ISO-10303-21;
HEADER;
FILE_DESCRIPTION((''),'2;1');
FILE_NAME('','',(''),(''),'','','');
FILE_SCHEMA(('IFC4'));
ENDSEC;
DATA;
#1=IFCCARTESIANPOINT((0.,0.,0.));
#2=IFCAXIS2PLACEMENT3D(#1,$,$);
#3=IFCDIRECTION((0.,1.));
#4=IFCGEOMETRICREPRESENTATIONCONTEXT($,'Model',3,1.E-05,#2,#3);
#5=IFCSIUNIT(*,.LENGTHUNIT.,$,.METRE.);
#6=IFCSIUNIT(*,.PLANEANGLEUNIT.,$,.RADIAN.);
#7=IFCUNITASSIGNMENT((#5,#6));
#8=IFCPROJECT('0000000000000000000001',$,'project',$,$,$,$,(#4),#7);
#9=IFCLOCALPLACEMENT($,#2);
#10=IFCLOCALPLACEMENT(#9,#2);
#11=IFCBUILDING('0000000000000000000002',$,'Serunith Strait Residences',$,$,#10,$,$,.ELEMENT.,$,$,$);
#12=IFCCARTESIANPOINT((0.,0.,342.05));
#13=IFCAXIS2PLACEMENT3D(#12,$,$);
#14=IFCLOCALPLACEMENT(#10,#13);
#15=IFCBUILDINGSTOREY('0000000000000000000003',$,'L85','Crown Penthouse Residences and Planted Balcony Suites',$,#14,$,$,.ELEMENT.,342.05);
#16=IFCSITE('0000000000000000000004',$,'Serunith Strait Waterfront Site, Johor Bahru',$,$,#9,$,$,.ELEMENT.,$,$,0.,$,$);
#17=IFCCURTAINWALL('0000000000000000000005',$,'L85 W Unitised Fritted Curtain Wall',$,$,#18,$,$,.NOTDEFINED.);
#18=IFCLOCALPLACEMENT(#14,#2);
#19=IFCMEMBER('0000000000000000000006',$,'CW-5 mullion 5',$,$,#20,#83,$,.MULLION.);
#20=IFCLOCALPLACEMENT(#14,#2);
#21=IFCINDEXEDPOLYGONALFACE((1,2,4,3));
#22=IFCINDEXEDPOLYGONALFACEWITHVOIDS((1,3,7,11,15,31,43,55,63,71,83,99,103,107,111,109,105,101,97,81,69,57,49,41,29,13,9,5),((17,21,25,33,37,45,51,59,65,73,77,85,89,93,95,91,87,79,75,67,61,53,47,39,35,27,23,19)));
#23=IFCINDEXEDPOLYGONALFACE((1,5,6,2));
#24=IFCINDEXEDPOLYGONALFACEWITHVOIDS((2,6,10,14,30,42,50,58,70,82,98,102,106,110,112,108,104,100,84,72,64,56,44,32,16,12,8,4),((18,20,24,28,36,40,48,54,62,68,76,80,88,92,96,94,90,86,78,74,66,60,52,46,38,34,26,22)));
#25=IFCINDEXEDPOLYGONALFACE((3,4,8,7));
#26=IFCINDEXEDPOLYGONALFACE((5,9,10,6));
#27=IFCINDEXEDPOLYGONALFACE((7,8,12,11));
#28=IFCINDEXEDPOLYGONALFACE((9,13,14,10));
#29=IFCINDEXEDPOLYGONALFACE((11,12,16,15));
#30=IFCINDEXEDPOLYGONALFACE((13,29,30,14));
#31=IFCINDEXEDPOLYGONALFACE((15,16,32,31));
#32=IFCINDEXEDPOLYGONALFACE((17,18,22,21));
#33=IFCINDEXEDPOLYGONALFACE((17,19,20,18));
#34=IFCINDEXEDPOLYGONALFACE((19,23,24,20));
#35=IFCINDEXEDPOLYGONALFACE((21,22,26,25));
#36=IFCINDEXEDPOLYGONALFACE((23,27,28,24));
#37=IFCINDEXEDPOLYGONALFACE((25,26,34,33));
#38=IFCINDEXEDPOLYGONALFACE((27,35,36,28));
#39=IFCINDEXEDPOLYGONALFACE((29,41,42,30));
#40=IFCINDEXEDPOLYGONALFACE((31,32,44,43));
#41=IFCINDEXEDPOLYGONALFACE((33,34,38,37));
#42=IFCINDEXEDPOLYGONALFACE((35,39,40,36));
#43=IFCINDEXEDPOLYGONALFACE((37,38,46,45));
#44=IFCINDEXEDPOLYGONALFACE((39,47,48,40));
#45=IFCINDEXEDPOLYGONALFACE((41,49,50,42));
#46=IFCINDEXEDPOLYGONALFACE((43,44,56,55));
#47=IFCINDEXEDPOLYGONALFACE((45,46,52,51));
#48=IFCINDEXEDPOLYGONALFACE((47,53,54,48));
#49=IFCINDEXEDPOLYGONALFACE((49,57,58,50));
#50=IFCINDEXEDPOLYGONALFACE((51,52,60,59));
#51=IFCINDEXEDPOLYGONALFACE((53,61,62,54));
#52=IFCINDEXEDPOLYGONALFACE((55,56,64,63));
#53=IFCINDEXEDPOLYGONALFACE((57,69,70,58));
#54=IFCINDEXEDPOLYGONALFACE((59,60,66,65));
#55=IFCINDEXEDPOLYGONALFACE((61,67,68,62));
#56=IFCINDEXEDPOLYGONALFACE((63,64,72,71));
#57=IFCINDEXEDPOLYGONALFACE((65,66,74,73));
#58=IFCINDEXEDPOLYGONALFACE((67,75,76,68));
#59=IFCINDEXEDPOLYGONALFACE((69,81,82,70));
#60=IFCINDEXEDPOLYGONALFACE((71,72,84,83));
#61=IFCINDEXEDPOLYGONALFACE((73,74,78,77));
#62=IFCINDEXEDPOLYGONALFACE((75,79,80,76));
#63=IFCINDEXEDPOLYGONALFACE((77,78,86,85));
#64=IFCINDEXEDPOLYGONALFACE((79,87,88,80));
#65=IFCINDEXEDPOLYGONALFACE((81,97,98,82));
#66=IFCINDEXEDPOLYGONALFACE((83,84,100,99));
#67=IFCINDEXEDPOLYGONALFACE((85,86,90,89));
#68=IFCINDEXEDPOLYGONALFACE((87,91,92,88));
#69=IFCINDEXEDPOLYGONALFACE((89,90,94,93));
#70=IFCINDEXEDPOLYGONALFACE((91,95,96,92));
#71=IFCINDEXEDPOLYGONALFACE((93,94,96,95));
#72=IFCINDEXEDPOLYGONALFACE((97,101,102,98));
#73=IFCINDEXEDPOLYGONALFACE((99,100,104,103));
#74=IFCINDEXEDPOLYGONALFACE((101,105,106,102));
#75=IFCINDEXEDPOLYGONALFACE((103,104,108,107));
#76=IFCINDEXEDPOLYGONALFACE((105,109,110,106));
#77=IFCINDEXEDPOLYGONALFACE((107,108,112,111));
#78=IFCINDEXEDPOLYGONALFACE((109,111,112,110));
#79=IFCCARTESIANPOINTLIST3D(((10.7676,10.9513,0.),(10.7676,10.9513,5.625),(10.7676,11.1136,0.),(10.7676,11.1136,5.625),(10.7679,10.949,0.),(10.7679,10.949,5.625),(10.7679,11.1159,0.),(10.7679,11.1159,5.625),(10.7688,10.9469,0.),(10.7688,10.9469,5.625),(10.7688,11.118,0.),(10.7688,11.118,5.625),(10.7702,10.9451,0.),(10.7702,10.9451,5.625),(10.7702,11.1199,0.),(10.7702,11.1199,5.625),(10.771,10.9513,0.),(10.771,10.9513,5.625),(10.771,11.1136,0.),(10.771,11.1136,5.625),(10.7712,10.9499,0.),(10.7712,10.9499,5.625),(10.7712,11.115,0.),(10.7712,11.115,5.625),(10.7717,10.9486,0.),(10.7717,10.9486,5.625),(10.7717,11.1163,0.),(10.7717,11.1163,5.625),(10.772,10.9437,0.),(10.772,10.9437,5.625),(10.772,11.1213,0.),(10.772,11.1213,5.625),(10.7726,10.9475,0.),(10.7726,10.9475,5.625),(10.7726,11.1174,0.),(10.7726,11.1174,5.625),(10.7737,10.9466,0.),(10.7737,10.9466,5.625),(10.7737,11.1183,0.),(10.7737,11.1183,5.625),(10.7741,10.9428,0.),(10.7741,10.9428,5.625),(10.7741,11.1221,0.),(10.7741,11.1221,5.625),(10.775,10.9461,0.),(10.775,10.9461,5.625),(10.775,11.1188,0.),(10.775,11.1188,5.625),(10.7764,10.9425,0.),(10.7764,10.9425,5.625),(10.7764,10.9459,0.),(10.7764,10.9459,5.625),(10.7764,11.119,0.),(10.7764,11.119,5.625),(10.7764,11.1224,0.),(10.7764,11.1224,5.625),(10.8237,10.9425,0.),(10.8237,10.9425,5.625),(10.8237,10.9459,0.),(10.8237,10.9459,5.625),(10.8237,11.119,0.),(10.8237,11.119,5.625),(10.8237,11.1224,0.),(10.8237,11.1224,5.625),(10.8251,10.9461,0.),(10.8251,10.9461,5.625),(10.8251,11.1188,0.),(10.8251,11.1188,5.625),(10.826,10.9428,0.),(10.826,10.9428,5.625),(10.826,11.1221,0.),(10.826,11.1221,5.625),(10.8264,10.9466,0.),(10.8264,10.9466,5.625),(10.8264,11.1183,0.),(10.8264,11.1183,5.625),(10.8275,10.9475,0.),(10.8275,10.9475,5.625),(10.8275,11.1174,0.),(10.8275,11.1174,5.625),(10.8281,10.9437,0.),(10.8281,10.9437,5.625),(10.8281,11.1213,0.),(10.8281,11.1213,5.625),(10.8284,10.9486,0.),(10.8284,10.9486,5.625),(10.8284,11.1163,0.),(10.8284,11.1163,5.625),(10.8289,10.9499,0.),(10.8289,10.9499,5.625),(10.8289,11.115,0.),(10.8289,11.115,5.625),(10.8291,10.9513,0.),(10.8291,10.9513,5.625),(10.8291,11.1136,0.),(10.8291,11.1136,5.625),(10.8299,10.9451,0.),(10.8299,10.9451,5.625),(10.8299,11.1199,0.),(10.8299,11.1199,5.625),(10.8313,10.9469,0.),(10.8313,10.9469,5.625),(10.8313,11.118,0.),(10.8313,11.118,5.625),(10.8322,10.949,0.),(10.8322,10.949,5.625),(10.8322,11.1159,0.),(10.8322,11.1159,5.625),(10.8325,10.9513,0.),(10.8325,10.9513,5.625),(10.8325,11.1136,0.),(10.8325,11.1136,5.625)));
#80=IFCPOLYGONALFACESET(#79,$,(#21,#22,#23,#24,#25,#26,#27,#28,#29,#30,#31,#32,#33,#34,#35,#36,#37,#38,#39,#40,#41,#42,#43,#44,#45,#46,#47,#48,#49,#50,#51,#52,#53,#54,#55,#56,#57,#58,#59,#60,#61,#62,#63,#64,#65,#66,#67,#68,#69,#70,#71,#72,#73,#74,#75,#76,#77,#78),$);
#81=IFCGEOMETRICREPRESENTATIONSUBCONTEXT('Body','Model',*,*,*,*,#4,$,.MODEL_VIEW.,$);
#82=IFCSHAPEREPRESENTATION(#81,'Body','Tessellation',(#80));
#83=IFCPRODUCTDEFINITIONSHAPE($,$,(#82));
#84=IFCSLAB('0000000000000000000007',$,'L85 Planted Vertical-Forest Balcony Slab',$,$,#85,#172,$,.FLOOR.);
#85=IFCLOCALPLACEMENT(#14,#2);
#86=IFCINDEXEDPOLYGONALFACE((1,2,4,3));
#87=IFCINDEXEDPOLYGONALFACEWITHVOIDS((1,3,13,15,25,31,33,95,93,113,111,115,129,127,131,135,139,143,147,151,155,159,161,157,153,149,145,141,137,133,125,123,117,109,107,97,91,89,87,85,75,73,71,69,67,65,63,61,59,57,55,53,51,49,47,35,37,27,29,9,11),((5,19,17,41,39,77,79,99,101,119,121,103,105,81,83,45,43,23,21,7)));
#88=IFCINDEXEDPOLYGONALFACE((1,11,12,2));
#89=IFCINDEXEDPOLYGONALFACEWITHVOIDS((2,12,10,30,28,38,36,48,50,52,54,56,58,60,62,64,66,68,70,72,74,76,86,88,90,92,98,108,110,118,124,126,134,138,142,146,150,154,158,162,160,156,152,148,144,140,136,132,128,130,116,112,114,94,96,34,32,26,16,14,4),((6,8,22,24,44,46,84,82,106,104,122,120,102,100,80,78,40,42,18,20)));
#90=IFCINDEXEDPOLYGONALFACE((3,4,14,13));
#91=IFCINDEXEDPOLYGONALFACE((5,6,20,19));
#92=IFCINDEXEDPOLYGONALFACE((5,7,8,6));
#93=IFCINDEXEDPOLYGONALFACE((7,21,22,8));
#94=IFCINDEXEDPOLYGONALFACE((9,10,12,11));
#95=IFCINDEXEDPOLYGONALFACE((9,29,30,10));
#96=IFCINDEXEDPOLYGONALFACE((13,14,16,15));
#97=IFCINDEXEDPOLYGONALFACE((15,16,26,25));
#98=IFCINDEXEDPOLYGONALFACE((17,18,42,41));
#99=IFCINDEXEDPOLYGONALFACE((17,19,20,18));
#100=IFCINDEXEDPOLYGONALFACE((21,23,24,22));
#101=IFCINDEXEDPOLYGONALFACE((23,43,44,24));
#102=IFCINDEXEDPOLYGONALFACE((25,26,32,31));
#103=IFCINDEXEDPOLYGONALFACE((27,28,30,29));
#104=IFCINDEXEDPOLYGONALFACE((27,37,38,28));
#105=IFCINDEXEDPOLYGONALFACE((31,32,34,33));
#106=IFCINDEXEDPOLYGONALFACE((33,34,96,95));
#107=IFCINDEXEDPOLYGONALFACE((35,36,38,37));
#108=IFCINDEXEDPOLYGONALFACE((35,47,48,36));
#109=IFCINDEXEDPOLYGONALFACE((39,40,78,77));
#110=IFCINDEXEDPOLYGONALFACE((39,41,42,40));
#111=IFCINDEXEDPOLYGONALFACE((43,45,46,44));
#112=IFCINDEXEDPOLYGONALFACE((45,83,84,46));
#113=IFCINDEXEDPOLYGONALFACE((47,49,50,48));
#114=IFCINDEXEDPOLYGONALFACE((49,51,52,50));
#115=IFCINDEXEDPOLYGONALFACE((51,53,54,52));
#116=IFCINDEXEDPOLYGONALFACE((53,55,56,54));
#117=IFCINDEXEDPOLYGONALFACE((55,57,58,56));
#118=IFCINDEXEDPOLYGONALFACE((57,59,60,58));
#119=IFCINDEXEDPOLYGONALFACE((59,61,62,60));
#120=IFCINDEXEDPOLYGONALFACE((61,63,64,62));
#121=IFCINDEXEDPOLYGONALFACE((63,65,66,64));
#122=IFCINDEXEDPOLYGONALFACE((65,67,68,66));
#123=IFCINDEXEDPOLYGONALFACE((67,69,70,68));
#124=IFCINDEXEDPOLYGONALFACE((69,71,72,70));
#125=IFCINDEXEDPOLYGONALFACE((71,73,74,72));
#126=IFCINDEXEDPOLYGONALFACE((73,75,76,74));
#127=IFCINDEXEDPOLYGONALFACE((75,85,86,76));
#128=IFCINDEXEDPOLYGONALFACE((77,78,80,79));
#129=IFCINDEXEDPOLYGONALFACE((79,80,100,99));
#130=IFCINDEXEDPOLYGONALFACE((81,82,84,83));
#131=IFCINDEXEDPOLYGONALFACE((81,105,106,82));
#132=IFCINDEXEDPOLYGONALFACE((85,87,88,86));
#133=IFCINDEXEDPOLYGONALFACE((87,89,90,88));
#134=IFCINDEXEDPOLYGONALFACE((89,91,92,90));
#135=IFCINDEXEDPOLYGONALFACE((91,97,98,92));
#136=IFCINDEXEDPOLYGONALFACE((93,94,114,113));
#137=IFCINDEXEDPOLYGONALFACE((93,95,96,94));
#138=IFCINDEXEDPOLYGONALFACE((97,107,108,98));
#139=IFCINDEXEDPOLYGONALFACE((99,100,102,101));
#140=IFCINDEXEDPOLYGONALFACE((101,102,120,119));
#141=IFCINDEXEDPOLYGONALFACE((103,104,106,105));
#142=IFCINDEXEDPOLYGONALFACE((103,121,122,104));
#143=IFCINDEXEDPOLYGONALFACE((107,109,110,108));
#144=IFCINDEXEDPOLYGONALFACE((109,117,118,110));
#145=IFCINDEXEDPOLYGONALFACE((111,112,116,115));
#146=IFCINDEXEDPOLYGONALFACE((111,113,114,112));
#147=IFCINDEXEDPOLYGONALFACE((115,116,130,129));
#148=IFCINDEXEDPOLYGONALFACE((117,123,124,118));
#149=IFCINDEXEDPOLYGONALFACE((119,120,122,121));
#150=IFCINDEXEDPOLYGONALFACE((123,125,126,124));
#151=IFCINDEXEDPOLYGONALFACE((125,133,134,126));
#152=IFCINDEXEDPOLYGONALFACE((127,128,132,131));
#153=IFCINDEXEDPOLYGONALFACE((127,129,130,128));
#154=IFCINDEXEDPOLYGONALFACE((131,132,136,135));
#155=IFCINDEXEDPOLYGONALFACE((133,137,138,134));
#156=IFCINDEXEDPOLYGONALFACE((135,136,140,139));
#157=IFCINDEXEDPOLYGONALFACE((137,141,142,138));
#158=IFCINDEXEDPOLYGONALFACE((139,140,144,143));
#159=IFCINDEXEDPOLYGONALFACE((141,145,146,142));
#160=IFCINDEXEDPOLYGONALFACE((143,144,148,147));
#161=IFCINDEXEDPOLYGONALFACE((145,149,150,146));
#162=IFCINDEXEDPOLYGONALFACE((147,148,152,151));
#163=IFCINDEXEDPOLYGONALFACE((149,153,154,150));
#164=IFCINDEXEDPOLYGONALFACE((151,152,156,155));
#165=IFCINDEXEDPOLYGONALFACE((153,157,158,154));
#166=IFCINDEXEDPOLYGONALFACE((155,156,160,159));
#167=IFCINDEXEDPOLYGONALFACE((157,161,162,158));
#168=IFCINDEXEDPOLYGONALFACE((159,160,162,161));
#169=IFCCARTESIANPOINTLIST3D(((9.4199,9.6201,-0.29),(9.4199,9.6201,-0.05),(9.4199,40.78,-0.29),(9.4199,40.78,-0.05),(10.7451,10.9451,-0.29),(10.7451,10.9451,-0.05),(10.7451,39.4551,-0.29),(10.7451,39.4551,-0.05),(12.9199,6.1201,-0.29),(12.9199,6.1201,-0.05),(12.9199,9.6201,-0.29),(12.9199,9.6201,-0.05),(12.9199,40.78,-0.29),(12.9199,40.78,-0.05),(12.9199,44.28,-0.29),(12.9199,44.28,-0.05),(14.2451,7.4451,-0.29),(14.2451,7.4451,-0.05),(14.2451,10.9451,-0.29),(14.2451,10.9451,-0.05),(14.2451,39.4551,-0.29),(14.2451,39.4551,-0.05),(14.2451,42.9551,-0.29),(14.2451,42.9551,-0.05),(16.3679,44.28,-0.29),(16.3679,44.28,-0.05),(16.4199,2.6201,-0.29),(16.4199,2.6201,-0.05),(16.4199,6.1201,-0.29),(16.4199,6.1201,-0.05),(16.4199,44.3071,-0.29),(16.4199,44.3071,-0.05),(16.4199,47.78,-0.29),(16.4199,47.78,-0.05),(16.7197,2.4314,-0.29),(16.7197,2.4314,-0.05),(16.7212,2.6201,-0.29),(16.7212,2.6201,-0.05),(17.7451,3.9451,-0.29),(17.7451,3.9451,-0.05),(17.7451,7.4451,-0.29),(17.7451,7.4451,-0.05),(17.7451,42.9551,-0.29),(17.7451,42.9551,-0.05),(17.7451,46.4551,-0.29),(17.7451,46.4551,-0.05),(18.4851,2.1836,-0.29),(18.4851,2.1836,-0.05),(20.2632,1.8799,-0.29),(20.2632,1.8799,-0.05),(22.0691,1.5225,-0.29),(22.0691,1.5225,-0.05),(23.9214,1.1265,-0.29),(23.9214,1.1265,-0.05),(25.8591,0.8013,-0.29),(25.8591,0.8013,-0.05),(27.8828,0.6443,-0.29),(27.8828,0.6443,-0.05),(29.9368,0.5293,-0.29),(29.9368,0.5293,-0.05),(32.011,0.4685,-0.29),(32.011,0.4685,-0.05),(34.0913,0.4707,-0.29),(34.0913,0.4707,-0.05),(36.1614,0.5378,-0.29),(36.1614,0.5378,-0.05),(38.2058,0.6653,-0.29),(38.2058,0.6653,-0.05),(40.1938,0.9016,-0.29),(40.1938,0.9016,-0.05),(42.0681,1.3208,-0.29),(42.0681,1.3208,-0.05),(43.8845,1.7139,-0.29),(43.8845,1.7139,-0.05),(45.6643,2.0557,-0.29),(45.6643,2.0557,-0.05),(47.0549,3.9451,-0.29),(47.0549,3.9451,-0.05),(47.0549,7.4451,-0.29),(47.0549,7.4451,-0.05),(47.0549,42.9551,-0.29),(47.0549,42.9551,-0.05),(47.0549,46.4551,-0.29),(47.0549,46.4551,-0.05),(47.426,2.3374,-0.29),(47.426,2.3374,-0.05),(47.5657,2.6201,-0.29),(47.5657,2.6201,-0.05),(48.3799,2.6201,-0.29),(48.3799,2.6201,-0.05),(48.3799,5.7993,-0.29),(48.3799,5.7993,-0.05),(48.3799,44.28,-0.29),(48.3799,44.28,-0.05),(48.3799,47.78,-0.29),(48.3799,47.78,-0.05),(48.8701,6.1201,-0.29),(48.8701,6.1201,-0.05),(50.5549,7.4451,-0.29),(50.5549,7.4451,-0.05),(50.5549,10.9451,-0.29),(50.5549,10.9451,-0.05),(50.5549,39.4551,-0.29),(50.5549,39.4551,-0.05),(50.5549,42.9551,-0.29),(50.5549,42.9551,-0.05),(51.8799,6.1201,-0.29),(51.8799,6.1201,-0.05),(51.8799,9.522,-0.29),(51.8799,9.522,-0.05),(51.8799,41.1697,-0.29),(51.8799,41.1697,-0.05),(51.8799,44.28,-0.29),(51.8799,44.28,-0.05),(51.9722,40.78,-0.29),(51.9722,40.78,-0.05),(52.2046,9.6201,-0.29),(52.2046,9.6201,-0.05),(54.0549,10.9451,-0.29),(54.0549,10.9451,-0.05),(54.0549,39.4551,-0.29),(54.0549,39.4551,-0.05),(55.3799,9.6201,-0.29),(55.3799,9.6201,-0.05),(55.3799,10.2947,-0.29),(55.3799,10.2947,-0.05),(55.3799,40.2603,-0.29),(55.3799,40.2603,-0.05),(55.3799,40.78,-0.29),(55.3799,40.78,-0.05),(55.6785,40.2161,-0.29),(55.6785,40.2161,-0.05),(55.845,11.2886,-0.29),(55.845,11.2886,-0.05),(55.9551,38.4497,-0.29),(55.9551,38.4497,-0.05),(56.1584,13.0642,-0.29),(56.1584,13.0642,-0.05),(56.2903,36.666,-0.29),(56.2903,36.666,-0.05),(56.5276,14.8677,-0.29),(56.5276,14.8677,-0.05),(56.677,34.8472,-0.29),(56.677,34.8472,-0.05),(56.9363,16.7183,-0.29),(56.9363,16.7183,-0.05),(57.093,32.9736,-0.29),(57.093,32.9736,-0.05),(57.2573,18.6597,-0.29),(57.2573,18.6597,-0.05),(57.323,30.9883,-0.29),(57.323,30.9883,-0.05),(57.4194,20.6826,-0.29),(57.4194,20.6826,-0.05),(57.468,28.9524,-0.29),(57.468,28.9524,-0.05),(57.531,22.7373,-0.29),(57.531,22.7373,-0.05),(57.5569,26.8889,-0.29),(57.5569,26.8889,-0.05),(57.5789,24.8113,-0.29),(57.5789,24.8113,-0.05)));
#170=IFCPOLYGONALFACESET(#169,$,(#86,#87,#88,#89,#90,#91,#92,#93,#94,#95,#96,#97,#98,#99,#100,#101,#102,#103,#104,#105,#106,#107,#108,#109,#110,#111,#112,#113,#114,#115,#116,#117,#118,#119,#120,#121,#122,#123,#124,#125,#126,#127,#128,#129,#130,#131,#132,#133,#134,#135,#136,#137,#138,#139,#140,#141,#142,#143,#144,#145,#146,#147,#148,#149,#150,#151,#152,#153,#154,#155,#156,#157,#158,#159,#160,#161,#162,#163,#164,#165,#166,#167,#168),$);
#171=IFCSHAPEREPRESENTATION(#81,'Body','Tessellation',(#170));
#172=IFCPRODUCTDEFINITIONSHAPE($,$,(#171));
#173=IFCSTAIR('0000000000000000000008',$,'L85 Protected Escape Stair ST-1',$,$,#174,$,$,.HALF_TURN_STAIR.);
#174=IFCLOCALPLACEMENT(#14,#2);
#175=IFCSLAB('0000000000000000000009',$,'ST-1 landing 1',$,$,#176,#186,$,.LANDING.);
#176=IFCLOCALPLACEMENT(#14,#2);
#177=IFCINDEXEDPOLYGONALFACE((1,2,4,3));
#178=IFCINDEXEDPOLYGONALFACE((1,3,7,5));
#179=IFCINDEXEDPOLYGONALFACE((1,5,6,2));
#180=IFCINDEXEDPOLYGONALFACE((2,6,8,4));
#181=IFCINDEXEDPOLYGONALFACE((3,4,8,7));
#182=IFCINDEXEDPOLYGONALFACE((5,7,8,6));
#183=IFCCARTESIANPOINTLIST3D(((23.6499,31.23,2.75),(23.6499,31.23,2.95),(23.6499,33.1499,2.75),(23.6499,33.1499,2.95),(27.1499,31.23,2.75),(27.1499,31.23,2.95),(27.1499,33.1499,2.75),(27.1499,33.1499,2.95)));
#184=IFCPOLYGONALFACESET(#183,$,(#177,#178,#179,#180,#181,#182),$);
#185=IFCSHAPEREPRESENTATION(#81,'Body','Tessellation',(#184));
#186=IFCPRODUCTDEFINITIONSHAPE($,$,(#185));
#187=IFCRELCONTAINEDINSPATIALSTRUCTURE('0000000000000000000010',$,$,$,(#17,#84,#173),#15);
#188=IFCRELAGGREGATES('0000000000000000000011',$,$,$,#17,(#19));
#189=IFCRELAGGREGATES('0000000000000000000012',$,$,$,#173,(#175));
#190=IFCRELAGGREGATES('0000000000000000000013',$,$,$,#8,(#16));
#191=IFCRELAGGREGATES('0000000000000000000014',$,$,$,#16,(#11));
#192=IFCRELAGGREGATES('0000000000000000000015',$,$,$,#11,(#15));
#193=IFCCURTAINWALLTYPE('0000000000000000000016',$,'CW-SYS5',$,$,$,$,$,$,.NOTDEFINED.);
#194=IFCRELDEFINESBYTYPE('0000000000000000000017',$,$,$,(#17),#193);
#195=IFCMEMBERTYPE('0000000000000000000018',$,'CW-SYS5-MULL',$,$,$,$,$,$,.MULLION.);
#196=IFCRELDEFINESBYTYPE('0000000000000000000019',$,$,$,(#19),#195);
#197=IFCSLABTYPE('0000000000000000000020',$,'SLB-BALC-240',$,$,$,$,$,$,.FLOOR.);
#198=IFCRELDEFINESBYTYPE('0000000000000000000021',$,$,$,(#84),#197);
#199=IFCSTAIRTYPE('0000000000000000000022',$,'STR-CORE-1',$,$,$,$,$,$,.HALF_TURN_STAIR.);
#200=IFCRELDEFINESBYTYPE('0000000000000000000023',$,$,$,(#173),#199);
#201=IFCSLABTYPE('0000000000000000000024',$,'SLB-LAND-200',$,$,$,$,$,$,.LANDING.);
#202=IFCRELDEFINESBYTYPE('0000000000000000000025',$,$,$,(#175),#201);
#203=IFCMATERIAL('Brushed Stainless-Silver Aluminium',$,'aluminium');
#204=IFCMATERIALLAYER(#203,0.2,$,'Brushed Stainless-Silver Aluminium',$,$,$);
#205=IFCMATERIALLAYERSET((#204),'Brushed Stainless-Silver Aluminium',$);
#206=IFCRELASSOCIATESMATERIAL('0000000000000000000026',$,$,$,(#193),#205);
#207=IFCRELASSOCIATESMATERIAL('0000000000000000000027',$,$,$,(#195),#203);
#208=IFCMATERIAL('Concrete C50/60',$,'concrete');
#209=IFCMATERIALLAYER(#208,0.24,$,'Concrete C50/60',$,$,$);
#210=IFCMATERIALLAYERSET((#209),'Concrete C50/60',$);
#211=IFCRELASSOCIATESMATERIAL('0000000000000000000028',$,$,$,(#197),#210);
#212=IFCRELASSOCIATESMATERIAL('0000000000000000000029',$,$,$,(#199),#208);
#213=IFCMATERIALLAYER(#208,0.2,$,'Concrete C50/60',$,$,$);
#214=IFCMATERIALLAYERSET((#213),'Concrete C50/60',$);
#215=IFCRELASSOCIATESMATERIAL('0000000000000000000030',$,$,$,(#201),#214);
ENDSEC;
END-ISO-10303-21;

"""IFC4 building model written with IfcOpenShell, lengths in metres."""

from ifc_helpers import new_model, si_unit, direction, frame, origin, origin_2d, place, context, subcontext, project, spatial, polyline, hollow_rectangle, outline, extrude, source, transform, mapped, material, layer, layer_set, material_profile, profile_set, type_object, element, aggregate, save


model = new_model("IFC4")

# Units and contexts
model_context = context("Model", 3, precision=1e-05, world=origin(), true_north=direction((0.0, 1.0)))
body_context = subcontext(model_context, "Body", "Model", "MODEL_VIEW")
ifc_project = project(units=[si_unit("LENGTHUNIT", "METRE"), si_unit("PLANEANGLEUNIT", "RADIAN")], contexts=[model_context])

# Site, building, storey
site_placement = place(None, origin())
site = spatial("IfcSite", under=ifc_project, at=site_placement, Name="Serunith Strait Waterfront Site, Johor Bahru", CompositionType="ELEMENT", RefElevation=0.0)
building_placement = place(site_placement, origin())
building = spatial("IfcBuilding", under=site, at=building_placement, Name="Serunith Strait Residences", CompositionType="ELEMENT")
storey_placement = place(building_placement, frame((0.0, 0.0, 342.05)))
storey = spatial("IfcBuildingStorey", under=building, at=storey_placement, Name="L85", Description="Crown Penthouse Residences and Planted Balcony Suites", CompositionType="ELEMENT", Elevation=342.05)

# Shared definitions
ifc_material_1 = material(Name="Brushed Stainless-Silver Aluminium", Category="aluminium")
ifc_layer_1 = layer(ifc_material_1, 0.2, Name="Brushed Stainless-Silver Aluminium")
ifc_layer_set_1 = layer_set([ifc_layer_1], Name="Brushed Stainless-Silver Aluminium")
curtain_wall_type = type_object("IfcCurtainWallType", Name="CW-SYS5", PredefinedType="NOTDEFINED", material=ifc_layer_set_1)
ifc_material_profile_1 = material_profile(ifc_material_1, hollow_rectangle(XDim=0.0649, YDim=0.1799, WallThickness=0.0034, InnerFilletRadius=0.0054, OuterFilletRadius=0.0088, at=origin_2d()), Name="ALU 180x65x3.5")
ifc_profile_set_1 = profile_set([ifc_material_profile_1], Name="Brushed Stainless-Silver Aluminium")
member_type_1 = type_object("IfcMemberType", Name="CW-SYS5-MULL", PredefinedType="MULLION", material=ifc_profile_set_1)
shared_shape_1 = source(origin(), body_context, "Body", "SweptSolid", [
    extrude(hollow_rectangle(XDim=0.0649, YDim=0.1799, WallThickness=0.0034, InnerFilletRadius=0.0054, OuterFilletRadius=0.0088, at=origin_2d()), origin(), (0.0, 0.0, 1.0), 5.625),
])

# Curtain wall, member
curtain_wall_1_placement = place(storey_placement, origin())
curtain_wall_1 = element("IfcCurtainWall", 1, at=curtain_wall_1_placement, inside=storey, type_object=curtain_wall_type, Name="L85 W Unitised Fritted Curtain Wall", PredefinedType="NOTDEFINED")
member_1_placement = place(storey_placement, frame((10.8, 11.0325, 0.0), z_axis=(0.0, 0.0, 1.0), x_axis=(1.0, 0.0, 0.0)))
member_1 = element("IfcMember", 2, at=member_1_placement, type_object=member_type_1, Name="CW-5 mullion 5", PredefinedType="MULLION", context=body_context, shape_type="MappedRepresentation", body=[
    mapped(shared_shape_1, transform((0.0, 0.0, 0.0), scale=1.0)),
])
aggregate(curtain_wall_1, [member_1])

# Slab
ifc_material_2 = material(Name="Concrete C50/60", Category="concrete")
ifc_layer_2 = layer(ifc_material_2, 0.24, Name="Concrete C50/60")
ifc_layer_set_2 = layer_set([ifc_layer_2], Name="Concrete C50/60")
slab_type_1 = type_object("IfcSlabType", Name="SLB-BALC-240", PredefinedType="FLOOR", material=ifc_layer_set_2)
slab_1_placement = place(storey_placement, frame((0.0, 0.0, -0.29)))
element("IfcSlab", 3, at=slab_1_placement, inside=storey, type_object=slab_type_1, Name="L85 Planted Vertical-Forest Balcony Slab", PredefinedType="FLOOR", context=body_context, shape_type="SweptSolid", body=[
    extrude(outline(polyline([(16.4199, 2.6201), (16.4199, 6.1201), (12.9199, 6.1201), (12.9199, 9.6201), (9.4199, 9.6201), (9.4199, 40.78), (12.9199, 40.78), (12.9199, 44.28), (16.3679, 44.28), (16.4199, 44.3071), (16.4199, 47.78), (48.3799, 47.78), (48.3799, 44.28), (51.8799, 44.28), (51.8799, 41.1697), (51.9722, 40.78), (55.3799, 40.78), (55.3799, 40.2603), (55.6785, 40.2161), (55.9551, 38.4497), (56.2903, 36.666), (56.677, 34.8472), (57.093, 32.9736), (57.323, 30.9883), (57.468, 28.9524), (57.5569, 26.8889), (57.5789, 24.8113), (57.531, 22.7373), (57.4194, 20.6826), (57.2573, 18.6597), (56.9363, 16.7183), (56.5276, 14.8677), (56.1584, 13.0642), (55.845, 11.2886), (55.3799, 10.2947), (55.3799, 9.6201), (52.2046, 9.6201), (51.8799, 9.522), (51.8799, 6.1201), (48.8701, 6.1201), (48.3799, 5.7993), (48.3799, 2.6201), (47.5657, 2.6201), (47.426, 2.3374), (45.6643, 2.0557), (43.8845, 1.7139), (42.0681, 1.3208), (40.1938, 0.9016), (38.2058, 0.6653), (36.1614, 0.5378), (34.0913, 0.4707), (32.011, 0.4685), (29.9368, 0.5293), (27.8828, 0.6443), (25.8591, 0.8013), (23.9214, 1.1265), (22.0691, 1.5225), (20.2632, 1.8799), (18.4851, 2.1836), (16.7197, 2.4314), (16.7212, 2.6201), (16.4199, 2.6201)]), holes=[polyline([(47.0549, 3.9451), (47.0549, 7.4451), (50.5549, 7.4451), (50.5549, 10.9451), (54.0549, 10.9451), (54.0549, 39.4551), (50.5549, 39.4551), (50.5549, 42.9551), (47.0549, 42.9551), (47.0549, 46.4551), (17.7451, 46.4551), (17.7451, 42.9551), (14.2451, 42.9551), (14.2451, 39.4551), (10.7451, 39.4551), (10.7451, 10.9451), (14.2451, 10.9451), (14.2451, 7.4451), (17.7451, 7.4451), (17.7451, 3.9451), (47.0549, 3.9451)])]), origin(), (0.0, 0.0, 1.0), 0.24),
])

# Stair, slab
stair_type_1 = type_object("IfcStairType", Name="STR-CORE-1", PredefinedType="HALF_TURN_STAIR", material=ifc_material_2)
stair_1_placement = place(storey_placement, origin())
stair_1 = element("IfcStair", 4, at=stair_1_placement, inside=storey, type_object=stair_type_1, Name="L85 Protected Escape Stair ST-1", PredefinedType="HALF_TURN_STAIR")
ifc_layer_3 = layer(ifc_material_2, 0.2, Name="Concrete C50/60")
ifc_layer_set_3 = layer_set([ifc_layer_3], Name="Concrete C50/60")
slab_type_2 = type_object("IfcSlabType", Name="SLB-LAND-200", PredefinedType="LANDING", material=ifc_layer_set_3)
slab_2_placement = place(storey_placement, frame((0.0, 0.0, 2.75)))
slab_2 = element("IfcSlab", 5, at=slab_2_placement, type_object=slab_type_2, Name="ST-1 landing 1", PredefinedType="LANDING", context=body_context, shape_type="SweptSolid", body=[
    extrude(outline(polyline([(27.1499, 31.23), (27.1499, 33.1499), (23.6499, 33.1499), (23.6499, 31.23), (27.1499, 31.23)])), origin(), (0.0, 0.0, 1.0), 0.2),
])
aggregate(stair_1, [slab_2])

save(model, "model.ifc")
